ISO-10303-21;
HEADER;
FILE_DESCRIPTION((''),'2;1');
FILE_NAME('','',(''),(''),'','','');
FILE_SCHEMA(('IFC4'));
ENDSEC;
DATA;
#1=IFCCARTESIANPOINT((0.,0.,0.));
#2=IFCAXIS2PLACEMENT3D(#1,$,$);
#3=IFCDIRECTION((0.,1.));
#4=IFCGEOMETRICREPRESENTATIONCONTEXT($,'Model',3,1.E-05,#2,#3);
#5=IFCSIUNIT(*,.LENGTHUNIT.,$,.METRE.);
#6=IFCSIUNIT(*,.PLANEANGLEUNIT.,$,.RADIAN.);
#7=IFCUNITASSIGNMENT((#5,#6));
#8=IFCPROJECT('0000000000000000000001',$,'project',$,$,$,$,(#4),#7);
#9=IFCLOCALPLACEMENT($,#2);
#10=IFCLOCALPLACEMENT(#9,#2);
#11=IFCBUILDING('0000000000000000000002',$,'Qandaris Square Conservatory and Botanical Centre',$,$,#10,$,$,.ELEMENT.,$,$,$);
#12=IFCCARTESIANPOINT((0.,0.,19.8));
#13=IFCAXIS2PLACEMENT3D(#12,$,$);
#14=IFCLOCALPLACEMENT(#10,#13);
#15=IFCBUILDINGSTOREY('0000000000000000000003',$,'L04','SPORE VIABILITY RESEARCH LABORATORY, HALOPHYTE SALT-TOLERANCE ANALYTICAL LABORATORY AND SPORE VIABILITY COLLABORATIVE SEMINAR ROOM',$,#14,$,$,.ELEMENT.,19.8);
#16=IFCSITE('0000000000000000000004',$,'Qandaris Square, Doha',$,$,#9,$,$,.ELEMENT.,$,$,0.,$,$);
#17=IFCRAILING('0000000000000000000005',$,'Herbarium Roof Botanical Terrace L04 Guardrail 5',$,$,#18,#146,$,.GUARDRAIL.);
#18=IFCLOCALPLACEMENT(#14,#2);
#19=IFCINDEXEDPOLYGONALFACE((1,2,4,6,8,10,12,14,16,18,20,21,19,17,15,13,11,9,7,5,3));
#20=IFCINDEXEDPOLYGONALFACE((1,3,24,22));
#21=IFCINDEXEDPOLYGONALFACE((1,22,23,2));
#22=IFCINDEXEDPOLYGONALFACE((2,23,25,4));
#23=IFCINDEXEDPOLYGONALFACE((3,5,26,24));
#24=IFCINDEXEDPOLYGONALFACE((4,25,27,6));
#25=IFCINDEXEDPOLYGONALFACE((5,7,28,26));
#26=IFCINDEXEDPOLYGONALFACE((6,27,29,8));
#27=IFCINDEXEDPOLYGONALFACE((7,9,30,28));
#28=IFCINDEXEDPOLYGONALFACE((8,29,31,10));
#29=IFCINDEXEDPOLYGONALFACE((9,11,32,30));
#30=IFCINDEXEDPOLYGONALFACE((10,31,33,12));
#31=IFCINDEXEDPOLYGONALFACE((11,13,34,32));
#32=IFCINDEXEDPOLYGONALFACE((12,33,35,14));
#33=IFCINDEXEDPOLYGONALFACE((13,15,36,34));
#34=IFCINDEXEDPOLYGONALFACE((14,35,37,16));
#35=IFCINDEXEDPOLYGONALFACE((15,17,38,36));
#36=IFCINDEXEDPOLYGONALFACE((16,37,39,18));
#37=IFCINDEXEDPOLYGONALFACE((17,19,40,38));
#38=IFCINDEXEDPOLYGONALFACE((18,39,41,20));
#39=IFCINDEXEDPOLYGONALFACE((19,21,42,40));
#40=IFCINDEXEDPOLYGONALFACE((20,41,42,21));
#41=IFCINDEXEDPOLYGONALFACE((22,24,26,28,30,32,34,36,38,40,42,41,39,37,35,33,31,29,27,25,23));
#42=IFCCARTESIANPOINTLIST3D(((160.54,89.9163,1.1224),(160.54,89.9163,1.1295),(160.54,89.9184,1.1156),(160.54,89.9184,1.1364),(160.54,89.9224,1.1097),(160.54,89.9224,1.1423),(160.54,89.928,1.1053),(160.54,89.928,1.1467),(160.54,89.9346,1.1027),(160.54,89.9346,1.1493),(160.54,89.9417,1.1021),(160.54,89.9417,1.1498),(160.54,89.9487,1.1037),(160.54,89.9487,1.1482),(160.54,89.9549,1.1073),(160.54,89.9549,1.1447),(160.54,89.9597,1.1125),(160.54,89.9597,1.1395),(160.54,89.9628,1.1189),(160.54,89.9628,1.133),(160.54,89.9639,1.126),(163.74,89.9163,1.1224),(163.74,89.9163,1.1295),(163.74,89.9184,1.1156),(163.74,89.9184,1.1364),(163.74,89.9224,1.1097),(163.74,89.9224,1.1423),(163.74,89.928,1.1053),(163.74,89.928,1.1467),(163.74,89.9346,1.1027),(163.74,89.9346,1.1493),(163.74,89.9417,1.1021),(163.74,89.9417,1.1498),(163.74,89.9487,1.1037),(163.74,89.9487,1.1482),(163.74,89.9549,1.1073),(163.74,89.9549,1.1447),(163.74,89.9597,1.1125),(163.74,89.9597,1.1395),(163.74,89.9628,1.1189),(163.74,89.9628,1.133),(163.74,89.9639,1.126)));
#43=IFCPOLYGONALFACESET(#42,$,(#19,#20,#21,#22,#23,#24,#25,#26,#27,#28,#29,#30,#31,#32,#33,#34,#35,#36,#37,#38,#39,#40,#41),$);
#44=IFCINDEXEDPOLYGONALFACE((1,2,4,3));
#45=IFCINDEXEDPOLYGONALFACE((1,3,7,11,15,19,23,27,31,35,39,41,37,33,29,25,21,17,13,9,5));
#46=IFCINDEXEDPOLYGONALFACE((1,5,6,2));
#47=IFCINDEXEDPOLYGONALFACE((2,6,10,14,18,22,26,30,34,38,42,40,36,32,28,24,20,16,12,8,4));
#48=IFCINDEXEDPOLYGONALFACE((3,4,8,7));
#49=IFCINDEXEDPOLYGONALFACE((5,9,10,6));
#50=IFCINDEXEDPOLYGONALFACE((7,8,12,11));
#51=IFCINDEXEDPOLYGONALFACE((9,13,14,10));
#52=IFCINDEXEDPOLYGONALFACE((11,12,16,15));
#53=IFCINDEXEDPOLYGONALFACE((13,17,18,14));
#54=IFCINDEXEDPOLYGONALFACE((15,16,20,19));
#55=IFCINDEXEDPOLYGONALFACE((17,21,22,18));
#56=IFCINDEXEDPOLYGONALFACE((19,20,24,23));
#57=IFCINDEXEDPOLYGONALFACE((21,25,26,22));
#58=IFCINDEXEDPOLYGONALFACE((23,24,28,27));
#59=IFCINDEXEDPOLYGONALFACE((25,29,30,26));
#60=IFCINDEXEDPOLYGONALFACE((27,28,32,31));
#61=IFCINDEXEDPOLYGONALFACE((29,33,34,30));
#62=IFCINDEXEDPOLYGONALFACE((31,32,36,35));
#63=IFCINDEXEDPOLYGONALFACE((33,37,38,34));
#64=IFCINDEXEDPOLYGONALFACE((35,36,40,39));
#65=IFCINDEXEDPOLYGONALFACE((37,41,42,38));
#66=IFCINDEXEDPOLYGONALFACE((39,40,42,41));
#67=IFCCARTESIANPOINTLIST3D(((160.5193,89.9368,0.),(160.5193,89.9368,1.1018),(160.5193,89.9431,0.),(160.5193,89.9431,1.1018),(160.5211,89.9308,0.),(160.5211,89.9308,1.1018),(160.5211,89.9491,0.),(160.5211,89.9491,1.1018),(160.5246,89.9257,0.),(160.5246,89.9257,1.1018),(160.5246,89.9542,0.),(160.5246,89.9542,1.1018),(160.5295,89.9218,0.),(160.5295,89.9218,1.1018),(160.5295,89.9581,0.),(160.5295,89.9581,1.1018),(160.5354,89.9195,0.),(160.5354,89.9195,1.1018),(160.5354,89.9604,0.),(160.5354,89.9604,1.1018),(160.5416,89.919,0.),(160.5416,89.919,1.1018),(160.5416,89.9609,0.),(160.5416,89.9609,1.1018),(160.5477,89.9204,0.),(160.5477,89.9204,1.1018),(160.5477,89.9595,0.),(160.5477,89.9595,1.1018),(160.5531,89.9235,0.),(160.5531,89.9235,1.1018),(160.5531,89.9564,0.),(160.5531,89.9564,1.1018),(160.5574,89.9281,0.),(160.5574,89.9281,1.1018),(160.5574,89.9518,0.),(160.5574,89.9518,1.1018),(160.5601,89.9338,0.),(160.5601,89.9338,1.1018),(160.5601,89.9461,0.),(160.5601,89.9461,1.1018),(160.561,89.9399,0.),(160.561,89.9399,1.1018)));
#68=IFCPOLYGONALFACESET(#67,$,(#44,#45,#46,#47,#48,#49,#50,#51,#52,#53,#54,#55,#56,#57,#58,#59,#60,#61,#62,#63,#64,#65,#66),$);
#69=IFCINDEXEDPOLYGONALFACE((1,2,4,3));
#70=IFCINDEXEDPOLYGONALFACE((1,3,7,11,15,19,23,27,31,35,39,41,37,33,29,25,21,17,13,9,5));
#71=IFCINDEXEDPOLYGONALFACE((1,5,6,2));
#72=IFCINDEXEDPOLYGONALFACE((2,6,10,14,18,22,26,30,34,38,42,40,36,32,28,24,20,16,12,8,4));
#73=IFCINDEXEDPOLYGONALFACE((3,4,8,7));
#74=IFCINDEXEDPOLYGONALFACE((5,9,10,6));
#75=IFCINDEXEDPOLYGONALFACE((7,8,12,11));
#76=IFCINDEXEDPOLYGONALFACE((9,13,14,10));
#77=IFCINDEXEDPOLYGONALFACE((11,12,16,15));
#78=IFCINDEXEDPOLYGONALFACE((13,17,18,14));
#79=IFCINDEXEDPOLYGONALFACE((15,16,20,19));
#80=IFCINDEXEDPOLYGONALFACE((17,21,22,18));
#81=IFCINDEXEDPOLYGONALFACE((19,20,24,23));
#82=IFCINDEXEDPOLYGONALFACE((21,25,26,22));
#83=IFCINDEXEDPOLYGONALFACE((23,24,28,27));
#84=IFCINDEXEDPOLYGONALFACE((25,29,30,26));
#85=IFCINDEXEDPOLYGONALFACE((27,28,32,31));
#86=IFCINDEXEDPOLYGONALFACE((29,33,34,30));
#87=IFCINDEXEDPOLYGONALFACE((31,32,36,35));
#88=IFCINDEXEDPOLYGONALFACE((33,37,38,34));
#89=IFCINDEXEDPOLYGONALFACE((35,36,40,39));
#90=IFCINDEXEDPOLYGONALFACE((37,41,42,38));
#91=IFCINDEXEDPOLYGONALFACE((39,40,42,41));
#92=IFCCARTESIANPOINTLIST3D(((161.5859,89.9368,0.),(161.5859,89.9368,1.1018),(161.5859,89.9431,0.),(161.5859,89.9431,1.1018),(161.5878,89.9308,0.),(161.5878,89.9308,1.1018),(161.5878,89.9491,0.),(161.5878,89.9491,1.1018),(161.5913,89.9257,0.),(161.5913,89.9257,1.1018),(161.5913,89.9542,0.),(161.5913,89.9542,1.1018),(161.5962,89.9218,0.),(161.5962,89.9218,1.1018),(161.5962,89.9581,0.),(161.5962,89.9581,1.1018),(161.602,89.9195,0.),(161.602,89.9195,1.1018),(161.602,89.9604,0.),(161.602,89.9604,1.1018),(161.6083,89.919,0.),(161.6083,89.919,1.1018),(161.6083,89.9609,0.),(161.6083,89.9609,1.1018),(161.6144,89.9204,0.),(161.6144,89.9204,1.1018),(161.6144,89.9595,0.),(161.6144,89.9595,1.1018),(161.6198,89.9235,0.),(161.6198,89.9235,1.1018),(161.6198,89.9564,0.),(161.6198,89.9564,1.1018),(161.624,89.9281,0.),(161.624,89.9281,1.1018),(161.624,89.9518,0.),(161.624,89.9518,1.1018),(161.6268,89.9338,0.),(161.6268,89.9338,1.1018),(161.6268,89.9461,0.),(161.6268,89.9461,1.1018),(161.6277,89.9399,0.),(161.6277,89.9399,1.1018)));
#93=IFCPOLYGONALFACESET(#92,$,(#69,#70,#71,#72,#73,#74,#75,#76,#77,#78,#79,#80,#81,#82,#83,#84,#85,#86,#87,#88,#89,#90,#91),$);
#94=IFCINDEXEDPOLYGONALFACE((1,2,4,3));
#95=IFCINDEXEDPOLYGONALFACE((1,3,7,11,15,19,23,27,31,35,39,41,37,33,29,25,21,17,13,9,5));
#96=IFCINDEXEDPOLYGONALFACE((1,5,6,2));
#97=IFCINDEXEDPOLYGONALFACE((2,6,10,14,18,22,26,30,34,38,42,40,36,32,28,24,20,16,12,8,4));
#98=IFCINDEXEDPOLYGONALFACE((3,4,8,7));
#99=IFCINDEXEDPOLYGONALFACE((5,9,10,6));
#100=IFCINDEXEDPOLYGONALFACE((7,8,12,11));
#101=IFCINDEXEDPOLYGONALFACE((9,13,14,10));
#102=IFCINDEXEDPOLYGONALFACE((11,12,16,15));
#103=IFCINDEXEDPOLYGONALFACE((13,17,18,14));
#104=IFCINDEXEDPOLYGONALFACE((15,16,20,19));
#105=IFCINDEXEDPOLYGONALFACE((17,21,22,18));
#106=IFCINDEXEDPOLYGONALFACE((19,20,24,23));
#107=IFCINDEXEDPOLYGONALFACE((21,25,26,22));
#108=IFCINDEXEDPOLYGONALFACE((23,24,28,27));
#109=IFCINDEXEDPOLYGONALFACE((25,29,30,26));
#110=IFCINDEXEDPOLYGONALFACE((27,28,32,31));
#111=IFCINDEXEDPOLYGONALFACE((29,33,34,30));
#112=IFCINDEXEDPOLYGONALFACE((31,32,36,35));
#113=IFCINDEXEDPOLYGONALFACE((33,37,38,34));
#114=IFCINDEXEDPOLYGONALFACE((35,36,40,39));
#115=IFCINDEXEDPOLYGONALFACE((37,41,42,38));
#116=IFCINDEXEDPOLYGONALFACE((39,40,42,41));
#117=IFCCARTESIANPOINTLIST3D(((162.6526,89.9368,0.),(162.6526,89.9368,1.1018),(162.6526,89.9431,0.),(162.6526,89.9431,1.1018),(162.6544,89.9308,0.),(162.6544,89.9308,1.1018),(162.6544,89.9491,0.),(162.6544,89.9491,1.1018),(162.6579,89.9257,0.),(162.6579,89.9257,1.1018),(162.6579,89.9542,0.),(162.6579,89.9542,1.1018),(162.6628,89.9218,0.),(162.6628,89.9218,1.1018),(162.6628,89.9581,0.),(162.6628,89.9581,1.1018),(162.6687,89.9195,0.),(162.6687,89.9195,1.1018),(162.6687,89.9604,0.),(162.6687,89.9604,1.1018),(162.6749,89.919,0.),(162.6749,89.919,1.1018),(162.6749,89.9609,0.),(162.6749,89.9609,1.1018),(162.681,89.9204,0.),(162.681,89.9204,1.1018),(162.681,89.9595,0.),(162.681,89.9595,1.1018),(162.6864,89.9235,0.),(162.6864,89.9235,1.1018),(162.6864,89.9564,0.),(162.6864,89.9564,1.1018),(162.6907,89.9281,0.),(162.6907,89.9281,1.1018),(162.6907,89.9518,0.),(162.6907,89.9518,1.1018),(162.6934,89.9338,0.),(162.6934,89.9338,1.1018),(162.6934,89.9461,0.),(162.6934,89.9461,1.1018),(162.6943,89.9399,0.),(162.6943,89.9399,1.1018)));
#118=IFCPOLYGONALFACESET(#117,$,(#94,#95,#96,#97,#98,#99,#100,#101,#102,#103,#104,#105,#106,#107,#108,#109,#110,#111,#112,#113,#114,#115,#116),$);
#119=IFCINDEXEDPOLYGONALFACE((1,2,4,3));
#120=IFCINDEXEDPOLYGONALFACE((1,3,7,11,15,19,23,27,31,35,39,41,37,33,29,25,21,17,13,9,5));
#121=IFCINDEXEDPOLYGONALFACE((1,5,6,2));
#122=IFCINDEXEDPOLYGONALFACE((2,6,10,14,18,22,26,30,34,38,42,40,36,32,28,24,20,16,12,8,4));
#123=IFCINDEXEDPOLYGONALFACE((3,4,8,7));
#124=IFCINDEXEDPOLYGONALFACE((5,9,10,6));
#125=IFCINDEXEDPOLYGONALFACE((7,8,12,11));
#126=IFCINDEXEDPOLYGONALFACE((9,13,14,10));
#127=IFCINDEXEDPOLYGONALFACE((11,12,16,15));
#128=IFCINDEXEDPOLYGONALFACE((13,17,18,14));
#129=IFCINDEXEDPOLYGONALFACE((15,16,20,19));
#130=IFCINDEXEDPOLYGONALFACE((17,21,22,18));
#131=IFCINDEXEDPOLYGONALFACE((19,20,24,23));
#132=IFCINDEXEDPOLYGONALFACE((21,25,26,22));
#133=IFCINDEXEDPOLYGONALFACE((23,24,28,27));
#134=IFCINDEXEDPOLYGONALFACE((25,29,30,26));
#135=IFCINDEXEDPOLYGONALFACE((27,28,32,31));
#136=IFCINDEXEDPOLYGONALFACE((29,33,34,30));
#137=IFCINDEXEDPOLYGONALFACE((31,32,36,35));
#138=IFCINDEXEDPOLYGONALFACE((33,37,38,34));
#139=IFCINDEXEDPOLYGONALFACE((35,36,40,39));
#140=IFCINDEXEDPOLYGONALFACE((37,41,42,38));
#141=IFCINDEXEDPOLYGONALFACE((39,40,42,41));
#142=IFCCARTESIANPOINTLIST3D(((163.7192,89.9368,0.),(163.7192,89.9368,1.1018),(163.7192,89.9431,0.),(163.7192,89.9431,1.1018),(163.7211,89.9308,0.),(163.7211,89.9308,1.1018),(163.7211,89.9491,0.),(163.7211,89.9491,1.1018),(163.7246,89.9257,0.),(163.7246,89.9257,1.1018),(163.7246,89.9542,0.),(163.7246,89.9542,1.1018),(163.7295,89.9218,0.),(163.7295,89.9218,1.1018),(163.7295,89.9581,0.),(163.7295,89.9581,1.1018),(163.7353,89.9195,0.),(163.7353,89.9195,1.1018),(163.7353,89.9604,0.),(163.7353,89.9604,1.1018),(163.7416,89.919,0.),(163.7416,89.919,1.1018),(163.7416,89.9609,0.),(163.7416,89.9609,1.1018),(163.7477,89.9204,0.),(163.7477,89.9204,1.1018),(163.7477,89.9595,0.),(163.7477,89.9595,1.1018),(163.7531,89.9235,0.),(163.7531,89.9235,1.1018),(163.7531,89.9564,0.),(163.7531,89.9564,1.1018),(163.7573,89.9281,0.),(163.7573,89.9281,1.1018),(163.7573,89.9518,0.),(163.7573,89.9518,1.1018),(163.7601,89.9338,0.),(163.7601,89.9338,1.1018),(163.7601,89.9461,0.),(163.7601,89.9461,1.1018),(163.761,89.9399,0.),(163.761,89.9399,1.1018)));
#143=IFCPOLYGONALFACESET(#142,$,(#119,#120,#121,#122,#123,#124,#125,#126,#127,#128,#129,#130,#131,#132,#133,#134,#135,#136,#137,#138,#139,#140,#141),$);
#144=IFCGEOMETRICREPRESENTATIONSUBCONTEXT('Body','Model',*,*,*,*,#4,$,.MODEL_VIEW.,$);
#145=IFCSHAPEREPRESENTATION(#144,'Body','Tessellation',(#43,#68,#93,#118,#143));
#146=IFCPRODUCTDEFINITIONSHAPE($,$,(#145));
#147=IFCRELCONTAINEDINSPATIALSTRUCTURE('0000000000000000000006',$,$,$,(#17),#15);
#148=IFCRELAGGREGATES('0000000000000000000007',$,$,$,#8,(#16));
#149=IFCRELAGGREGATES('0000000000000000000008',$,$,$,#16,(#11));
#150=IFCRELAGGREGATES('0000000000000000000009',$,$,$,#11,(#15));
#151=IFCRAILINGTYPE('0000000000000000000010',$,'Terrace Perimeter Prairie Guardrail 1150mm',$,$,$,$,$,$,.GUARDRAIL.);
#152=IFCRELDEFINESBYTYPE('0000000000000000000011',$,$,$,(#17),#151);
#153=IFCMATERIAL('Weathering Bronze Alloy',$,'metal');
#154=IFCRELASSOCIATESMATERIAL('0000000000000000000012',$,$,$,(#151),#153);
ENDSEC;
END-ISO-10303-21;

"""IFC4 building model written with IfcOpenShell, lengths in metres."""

from ifc_helpers import new_model, si_unit, direction, frame, origin, origin_2d, place, context, subcontext, project, spatial, circle, extrude, material, type_object, element, save


model = new_model("IFC4")

# Units and contexts
model_context = context("Model", 3, precision=1e-05, world=origin(), true_north=direction((0.0, 1.0)))
body_context = subcontext(model_context, "Body", "Model", "MODEL_VIEW")
ifc_project = project(units=[si_unit("LENGTHUNIT", "METRE"), si_unit("PLANEANGLEUNIT", "RADIAN")], contexts=[model_context])

# Site, building, storey
site_placement = place(None, origin())
site = spatial("IfcSite", under=ifc_project, at=site_placement, Name="Qandaris Square, Doha", CompositionType="ELEMENT", RefElevation=0.0)
building_placement = place(site_placement, origin())
building = spatial("IfcBuilding", under=site, at=building_placement, Name="Qandaris Square Conservatory and Botanical Centre", CompositionType="ELEMENT")
storey_placement = place(building_placement, frame((0.0, 0.0, 19.8)))
storey = spatial("IfcBuildingStorey", under=building, at=storey_placement, Name="L04", Description="SPORE VIABILITY RESEARCH LABORATORY, HALOPHYTE SALT-TOLERANCE ANALYTICAL LABORATORY AND SPORE VIABILITY COLLABORATIVE SEMINAR ROOM", CompositionType="ELEMENT", Elevation=19.8)

# Railing
ifc_material_1 = material(Name="Weathering Bronze Alloy", Category="metal")
railing_type = type_object("IfcRailingType", Name="Terrace Perimeter Prairie Guardrail 1150mm", PredefinedType="GUARDRAIL", material=ifc_material_1)
railing_1_placement = place(storey_placement, frame((160.54, 89.9399, 0.0)))
element("IfcRailing", 1, at=railing_1_placement, inside=storey, type_object=railing_type, Name="Herbarium Roof Botanical Terrace L04 Guardrail 5", PredefinedType="GUARDRAIL", context=body_context, shape_type="SweptSolid", body=[
    extrude(circle(Radius=0.0239, at=origin_2d()), frame((0.0, 0.0, 1.126), z_axis=(1.0, 0.0, 0.0), x_axis=(0.0, 1.0, 0.0)), (0.0, 0.0, 1.0), 3.2),
    extrude(circle(Radius=0.021, at=origin_2d()), origin(), (0.0, 0.0, 1.0), 1.1018),
    extrude(circle(Radius=0.021, at=origin_2d()), frame((1.0667, 0.0, 0.0)), (0.0, 0.0, 1.0), 1.1018),
    extrude(circle(Radius=0.021, at=origin_2d()), frame((2.1333, 0.0, 0.0)), (0.0, 0.0, 1.0), 1.1018),
    extrude(circle(Radius=0.021, at=origin_2d()), frame((3.2, 0.0, 0.0)), (0.0, 0.0, 1.0), 1.1018),
])

save(model, "model.ifc")
